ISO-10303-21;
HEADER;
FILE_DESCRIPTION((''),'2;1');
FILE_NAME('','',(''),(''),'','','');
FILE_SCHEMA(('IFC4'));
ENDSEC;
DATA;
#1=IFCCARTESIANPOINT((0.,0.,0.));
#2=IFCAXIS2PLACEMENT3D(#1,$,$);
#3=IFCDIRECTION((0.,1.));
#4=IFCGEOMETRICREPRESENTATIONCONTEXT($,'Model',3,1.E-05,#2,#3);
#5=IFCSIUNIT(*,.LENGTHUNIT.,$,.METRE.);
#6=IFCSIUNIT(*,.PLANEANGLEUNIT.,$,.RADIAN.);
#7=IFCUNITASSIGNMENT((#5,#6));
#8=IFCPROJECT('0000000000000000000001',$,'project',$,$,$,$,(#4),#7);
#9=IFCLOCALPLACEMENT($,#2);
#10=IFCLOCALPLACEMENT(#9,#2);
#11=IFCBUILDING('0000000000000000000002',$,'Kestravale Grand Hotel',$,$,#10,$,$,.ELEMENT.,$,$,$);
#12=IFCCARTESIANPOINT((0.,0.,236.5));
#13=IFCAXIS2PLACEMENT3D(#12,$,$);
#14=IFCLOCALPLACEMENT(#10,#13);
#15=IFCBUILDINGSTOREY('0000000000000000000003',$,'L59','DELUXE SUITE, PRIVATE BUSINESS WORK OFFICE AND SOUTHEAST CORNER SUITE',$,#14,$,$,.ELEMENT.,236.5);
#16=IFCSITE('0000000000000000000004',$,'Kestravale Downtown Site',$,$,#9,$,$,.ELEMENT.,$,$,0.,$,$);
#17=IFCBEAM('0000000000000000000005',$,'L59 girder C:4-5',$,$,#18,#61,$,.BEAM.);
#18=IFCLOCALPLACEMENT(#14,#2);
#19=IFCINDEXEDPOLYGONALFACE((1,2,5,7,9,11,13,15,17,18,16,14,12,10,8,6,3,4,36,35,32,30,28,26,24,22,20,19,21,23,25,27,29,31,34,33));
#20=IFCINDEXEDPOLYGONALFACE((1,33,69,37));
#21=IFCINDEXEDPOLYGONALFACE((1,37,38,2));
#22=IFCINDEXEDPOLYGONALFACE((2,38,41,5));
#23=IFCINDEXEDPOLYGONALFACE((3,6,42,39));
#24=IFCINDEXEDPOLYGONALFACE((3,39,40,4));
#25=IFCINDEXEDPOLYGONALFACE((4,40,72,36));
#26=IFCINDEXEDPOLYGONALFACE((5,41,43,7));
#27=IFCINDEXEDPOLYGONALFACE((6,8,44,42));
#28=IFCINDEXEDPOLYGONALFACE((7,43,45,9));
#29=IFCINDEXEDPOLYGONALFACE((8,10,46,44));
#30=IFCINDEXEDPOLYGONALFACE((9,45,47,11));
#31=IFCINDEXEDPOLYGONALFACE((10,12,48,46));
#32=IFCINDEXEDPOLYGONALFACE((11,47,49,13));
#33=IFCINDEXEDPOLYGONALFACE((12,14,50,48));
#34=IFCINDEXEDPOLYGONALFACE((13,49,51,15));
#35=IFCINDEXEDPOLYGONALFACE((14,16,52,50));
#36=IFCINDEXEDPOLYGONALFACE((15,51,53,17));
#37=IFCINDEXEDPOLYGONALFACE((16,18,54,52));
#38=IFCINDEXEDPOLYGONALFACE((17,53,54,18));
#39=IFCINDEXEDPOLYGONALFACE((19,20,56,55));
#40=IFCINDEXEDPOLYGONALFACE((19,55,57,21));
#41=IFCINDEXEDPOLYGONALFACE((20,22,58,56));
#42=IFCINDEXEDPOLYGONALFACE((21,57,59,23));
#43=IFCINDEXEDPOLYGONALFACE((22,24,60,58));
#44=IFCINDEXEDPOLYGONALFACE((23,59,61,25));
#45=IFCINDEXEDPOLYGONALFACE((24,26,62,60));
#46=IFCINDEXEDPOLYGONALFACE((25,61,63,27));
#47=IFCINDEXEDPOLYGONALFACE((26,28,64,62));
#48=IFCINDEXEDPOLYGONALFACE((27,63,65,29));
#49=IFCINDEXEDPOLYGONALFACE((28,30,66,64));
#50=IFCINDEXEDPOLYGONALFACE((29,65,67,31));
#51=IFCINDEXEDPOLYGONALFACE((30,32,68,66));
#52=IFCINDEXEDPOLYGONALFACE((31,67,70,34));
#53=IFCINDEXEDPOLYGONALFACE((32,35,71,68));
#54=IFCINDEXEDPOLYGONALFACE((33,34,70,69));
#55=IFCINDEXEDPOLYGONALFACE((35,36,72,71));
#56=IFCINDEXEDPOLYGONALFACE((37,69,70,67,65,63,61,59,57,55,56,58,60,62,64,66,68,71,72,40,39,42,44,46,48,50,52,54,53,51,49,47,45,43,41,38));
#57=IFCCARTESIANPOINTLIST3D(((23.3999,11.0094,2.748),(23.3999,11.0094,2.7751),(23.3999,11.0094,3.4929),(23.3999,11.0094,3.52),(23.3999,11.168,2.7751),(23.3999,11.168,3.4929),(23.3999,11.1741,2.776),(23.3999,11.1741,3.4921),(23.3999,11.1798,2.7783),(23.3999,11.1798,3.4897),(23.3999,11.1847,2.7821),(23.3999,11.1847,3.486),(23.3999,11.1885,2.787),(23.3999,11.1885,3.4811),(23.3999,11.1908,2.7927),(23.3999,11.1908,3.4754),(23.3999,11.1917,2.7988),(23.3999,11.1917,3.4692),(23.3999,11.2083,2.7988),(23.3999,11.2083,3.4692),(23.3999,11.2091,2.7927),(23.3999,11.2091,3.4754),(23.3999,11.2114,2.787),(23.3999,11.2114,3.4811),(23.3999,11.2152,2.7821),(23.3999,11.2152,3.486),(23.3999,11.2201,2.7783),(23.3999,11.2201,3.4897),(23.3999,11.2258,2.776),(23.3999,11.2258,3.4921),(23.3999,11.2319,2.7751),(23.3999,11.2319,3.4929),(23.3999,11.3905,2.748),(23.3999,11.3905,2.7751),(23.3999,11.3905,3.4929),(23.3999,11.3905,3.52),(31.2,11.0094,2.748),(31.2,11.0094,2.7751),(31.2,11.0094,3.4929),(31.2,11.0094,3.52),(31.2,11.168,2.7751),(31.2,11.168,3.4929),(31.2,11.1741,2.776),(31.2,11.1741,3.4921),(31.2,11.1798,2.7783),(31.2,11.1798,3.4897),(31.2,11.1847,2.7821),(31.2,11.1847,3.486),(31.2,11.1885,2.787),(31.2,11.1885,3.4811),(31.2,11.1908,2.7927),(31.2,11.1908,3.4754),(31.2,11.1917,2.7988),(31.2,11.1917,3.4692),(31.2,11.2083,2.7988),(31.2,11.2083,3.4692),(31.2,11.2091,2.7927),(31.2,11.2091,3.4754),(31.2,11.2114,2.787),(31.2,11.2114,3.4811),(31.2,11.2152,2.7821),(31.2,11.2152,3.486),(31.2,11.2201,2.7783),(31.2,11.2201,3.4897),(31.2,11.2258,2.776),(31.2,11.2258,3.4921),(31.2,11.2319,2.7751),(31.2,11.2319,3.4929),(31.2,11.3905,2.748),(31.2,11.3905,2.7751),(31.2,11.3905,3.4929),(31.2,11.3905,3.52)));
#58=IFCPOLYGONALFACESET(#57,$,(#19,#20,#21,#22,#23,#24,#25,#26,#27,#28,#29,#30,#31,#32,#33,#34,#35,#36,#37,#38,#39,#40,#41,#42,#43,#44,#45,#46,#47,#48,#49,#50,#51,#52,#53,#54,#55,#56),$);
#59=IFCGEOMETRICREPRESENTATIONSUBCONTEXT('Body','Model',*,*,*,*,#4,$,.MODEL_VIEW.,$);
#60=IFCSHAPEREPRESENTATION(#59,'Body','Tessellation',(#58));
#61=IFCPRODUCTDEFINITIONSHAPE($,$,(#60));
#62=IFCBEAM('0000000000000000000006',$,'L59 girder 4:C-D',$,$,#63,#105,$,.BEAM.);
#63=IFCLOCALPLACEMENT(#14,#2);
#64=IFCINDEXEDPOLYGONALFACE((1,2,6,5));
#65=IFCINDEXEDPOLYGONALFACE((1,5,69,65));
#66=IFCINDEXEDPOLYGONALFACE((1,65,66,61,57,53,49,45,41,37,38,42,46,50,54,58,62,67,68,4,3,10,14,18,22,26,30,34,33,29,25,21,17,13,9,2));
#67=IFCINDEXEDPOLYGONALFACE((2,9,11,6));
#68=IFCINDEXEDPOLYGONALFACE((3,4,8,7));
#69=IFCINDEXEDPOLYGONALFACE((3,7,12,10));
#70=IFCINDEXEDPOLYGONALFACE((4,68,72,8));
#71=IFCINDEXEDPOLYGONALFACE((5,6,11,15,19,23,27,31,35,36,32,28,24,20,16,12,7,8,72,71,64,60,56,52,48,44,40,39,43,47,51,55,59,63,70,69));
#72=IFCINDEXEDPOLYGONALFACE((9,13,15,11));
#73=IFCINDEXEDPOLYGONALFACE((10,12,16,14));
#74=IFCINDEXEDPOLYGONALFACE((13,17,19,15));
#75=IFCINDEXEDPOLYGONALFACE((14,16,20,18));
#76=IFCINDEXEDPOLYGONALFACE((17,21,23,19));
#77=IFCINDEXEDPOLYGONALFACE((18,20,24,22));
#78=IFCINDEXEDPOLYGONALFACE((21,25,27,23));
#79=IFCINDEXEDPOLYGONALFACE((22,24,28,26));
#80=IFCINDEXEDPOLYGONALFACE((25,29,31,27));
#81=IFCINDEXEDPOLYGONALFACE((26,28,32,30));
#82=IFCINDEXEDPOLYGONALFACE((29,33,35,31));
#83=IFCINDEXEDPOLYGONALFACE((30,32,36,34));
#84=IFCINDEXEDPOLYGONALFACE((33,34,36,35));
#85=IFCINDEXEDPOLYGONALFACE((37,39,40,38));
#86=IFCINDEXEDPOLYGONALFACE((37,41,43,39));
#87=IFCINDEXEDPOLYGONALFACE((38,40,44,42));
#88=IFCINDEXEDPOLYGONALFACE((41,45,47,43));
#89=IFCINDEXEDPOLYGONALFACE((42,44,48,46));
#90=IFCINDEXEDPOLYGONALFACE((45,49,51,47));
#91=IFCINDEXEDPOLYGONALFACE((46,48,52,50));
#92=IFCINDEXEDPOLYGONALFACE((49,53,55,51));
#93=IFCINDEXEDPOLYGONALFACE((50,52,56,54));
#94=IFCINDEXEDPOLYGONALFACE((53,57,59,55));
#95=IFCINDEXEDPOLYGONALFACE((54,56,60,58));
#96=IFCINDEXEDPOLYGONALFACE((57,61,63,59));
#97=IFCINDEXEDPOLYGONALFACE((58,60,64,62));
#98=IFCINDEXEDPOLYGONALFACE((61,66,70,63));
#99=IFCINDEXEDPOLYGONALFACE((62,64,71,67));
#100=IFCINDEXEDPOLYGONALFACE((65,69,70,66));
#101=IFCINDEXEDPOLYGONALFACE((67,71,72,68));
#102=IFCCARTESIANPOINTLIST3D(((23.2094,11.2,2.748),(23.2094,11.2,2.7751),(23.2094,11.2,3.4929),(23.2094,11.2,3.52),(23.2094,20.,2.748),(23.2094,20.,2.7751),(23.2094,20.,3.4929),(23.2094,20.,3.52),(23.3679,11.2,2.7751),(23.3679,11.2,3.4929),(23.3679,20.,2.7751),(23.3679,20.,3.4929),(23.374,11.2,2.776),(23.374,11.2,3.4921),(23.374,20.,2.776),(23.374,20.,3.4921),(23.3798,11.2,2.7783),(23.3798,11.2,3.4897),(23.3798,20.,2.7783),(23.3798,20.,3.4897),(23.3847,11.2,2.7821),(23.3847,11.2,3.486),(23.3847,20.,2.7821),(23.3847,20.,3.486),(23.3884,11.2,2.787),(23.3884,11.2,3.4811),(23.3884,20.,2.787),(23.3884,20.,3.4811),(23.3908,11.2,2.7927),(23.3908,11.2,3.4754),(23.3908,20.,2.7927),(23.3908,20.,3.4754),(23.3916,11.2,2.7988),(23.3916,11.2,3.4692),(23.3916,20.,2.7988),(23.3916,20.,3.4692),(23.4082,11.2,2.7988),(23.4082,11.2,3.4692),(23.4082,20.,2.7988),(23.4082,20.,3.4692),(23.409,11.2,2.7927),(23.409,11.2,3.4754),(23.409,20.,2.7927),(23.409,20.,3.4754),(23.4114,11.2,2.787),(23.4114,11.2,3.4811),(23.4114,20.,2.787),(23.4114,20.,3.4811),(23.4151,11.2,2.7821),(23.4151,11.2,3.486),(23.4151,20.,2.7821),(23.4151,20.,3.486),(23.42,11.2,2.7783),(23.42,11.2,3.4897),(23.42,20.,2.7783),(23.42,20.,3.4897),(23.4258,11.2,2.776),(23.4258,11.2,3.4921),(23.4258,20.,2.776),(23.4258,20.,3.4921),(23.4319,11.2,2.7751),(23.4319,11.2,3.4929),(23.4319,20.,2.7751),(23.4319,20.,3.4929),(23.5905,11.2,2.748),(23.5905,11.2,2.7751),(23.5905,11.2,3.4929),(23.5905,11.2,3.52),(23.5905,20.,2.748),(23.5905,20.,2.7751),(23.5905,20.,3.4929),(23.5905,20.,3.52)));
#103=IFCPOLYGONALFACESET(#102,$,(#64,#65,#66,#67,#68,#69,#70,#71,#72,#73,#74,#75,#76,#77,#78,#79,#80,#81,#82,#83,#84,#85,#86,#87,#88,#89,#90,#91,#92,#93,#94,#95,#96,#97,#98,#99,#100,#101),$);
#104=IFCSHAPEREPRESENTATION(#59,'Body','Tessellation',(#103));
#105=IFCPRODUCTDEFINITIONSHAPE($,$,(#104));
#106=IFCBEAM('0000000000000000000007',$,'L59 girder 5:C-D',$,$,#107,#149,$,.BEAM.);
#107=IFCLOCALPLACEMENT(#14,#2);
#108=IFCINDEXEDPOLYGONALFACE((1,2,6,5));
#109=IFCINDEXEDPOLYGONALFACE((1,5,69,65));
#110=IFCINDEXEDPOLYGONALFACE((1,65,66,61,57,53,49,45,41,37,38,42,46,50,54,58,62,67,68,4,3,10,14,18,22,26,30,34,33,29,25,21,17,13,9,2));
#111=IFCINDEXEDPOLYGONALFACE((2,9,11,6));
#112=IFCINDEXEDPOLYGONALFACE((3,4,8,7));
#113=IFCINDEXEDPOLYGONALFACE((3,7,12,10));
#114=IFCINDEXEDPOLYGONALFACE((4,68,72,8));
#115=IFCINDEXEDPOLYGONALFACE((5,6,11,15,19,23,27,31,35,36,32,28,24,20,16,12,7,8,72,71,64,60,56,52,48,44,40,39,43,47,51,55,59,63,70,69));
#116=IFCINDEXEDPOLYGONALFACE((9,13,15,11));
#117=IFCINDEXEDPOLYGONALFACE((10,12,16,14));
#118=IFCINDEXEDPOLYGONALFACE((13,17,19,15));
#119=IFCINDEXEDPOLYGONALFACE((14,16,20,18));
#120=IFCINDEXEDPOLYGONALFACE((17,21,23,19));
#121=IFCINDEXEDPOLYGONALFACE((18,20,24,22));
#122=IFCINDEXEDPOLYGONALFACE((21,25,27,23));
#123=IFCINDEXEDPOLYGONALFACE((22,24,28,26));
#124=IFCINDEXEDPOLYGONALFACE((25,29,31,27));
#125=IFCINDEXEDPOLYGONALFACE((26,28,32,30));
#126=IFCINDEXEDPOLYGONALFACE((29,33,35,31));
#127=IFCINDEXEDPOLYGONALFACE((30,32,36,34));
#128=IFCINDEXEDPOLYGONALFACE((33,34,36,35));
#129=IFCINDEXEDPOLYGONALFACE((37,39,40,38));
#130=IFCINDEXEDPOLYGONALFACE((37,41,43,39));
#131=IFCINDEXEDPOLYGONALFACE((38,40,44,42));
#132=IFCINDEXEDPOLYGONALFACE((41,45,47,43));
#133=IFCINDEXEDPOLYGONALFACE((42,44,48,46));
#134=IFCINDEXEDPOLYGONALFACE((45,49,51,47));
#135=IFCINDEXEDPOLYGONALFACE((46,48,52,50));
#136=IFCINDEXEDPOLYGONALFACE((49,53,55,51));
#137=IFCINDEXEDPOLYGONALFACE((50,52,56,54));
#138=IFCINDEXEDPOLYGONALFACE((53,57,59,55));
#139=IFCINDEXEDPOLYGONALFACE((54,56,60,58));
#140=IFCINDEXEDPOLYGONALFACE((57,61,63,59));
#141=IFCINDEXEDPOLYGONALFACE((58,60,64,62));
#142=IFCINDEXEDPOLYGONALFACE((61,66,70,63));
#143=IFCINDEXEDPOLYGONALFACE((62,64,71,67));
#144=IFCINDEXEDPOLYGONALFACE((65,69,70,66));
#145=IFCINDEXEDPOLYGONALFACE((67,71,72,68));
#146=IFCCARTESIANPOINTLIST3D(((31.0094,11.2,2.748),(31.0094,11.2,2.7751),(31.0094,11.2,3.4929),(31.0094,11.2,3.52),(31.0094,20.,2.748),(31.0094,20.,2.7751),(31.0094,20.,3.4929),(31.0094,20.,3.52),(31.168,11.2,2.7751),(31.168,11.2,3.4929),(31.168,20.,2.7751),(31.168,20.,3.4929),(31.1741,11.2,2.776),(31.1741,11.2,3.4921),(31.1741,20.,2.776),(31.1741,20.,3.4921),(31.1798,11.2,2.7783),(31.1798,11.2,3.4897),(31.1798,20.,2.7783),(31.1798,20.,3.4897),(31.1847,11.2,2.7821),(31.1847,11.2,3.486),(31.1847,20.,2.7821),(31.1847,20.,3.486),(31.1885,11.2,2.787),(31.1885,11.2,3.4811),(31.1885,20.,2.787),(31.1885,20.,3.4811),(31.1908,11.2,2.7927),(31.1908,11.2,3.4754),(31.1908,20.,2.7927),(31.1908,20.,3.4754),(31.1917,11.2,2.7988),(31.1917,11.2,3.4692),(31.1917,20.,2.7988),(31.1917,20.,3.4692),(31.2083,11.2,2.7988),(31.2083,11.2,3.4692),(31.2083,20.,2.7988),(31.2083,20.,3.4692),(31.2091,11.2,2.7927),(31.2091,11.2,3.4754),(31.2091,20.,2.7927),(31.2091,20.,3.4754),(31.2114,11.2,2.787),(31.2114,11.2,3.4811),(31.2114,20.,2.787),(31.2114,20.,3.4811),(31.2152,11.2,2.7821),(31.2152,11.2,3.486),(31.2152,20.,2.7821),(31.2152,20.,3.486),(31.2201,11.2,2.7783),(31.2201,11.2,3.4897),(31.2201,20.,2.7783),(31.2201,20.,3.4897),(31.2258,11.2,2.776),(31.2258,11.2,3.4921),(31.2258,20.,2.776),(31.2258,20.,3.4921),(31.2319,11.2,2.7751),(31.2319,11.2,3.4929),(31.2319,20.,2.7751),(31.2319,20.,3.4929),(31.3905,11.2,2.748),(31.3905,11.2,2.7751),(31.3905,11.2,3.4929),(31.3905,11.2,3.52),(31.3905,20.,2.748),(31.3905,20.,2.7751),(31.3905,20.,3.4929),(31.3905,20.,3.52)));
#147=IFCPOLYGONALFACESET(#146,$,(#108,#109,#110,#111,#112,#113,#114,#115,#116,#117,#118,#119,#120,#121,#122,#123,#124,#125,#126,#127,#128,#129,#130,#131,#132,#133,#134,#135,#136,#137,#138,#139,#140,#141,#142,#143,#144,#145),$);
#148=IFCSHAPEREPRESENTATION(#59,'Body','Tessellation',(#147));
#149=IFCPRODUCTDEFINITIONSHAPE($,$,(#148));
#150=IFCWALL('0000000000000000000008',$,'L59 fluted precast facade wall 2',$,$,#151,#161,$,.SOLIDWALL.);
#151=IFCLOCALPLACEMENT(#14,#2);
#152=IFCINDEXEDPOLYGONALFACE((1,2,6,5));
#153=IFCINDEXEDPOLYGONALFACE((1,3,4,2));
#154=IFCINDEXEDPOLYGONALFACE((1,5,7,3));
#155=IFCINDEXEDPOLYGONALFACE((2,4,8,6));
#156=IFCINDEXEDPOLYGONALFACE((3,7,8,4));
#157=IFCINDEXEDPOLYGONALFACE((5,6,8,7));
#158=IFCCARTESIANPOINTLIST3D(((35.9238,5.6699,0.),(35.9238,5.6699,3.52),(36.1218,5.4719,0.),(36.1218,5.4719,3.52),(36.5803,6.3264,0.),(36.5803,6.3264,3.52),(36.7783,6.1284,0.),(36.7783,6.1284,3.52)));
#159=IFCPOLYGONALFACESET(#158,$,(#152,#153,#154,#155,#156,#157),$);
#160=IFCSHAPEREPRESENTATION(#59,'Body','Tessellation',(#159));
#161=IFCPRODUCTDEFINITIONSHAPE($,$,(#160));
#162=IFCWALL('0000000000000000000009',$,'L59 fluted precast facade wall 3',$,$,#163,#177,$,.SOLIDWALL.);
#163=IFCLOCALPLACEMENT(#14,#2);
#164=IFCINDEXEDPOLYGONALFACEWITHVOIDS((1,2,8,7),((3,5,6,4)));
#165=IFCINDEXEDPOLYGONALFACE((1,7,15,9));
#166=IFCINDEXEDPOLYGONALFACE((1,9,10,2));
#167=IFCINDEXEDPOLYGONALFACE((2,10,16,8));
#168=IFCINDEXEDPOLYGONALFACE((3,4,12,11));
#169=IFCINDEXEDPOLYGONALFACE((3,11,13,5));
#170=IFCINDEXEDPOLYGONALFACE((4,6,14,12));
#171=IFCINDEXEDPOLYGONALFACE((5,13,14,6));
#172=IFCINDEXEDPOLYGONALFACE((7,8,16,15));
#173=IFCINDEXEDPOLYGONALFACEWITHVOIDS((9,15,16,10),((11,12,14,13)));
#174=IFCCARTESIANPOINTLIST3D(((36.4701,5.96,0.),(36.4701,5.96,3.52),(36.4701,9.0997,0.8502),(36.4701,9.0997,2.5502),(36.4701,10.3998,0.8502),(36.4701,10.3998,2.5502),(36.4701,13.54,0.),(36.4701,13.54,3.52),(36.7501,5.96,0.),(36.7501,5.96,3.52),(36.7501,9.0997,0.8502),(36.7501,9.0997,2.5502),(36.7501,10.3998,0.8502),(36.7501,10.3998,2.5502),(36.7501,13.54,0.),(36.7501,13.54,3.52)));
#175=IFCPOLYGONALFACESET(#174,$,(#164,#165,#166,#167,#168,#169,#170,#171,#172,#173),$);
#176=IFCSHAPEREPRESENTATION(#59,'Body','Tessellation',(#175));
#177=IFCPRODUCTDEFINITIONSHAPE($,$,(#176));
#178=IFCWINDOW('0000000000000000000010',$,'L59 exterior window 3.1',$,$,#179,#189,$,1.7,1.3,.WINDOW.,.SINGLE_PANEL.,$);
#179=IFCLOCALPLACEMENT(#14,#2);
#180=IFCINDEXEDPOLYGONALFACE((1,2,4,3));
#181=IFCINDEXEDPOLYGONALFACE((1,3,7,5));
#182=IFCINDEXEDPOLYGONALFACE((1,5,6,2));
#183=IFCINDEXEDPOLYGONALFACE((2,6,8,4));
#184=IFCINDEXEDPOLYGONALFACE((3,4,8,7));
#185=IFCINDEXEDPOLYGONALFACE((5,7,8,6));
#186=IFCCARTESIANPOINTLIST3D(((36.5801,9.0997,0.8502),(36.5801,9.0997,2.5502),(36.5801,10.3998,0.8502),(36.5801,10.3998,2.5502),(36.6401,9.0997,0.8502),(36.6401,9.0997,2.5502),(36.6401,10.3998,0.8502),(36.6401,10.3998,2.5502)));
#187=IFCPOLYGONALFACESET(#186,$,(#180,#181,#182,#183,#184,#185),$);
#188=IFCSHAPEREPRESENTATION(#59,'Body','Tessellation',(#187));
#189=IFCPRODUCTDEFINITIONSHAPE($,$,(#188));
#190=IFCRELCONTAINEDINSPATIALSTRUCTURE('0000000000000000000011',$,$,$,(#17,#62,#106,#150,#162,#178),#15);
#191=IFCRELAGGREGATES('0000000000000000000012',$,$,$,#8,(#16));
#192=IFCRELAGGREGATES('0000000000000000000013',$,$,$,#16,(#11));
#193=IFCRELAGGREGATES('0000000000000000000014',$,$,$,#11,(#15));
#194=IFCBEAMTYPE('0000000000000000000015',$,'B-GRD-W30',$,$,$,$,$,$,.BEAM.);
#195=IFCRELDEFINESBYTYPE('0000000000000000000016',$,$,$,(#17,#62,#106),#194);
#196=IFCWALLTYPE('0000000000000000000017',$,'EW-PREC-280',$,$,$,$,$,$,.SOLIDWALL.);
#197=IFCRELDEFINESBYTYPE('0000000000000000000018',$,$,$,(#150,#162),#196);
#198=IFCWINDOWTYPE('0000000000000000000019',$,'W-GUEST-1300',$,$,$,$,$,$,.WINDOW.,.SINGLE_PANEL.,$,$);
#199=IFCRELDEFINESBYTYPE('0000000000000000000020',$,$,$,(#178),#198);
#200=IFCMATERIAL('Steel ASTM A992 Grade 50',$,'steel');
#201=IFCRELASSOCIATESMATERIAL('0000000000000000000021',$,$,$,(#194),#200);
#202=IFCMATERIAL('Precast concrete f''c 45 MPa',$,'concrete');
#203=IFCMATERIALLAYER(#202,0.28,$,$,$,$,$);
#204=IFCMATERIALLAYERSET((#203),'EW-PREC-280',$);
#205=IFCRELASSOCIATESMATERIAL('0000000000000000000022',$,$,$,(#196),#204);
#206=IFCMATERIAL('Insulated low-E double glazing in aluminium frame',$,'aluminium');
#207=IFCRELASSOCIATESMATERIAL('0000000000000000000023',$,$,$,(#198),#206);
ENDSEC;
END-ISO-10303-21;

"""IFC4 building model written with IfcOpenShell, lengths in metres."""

from ifc_helpers import new_model, si_unit, direction, frame, frame_2d, origin, origin_2d, place, context, subcontext, project, spatial, rectangle, i_section, extrude, material, layer, layer_set, material_profile, profile_set, type_object, element, fill, save


model = new_model("IFC4")

# Units and contexts
model_context = context("Model", 3, precision=1e-05, world=origin(), true_north=direction((0.0, 1.0)))
body_context = subcontext(model_context, "Body", "Model", "MODEL_VIEW")
ifc_project = project(units=[si_unit("LENGTHUNIT", "METRE"), si_unit("PLANEANGLEUNIT", "RADIAN")], contexts=[model_context])

# Site, building, storey
site_placement = place(None, origin())
site = spatial("IfcSite", under=ifc_project, at=site_placement, Name="Kestravale Downtown Site", CompositionType="ELEMENT", RefElevation=0.0)
building_placement = place(site_placement, origin())
building = spatial("IfcBuilding", under=site, at=building_placement, Name="Kestravale Grand Hotel", CompositionType="ELEMENT")
storey_placement = place(building_placement, frame((0.0, 0.0, 236.5)))
storey = spatial("IfcBuildingStorey", under=building, at=storey_placement, Name="L59", Description="DELUXE SUITE, PRIVATE BUSINESS WORK OFFICE AND SOUTHEAST CORNER SUITE", CompositionType="ELEMENT", Elevation=236.5)

# Beams
ifc_material_1 = material(Name="Steel ASTM A992 Grade 50", Category="steel")
ifc_material_profile_1 = material_profile(ifc_material_1, i_section(OverallWidth=0.3811, OverallDepth=0.772, WebThickness=0.0166, FlangeThickness=0.0271, FilletRadius=0.0237, at=origin_2d()))
ifc_profile_set_1 = profile_set([ifc_material_profile_1], Name="Steel ASTM A992 Grade 50")
beam_type_1 = type_object("IfcBeamType", Name="B-GRD-W30", PredefinedType="BEAM", material=ifc_profile_set_1)
beam_1_placement = place(storey_placement, frame((23.3999, 11.2, 3.134), z_axis=(1.0, 0.0, 0.0), x_axis=(0.0, 1.0, 0.0)))
element("IfcBeam", 1, at=beam_1_placement, inside=storey, type_object=beam_type_1, Name="L59 girder C:4-5", PredefinedType="BEAM", context=body_context, shape_type="SweptSolid", body=[
    extrude(i_section(OverallWidth=0.3811, OverallDepth=0.772, WebThickness=0.0166, FlangeThickness=0.0271, FilletRadius=0.0237, at=origin_2d()), origin(), (0.0, 0.0, 1.0), 7.8),
])
for number, where, z_axis, x_axis, name in (
    (2, (23.3999, 11.2, 3.134), (0.0, 1.0, 0.0), (-1.0, 0.0, 0.0), "L59 girder 4:C-D"),
    (3, (31.2, 11.2, 3.134), (0.0, 1.0, 0.0), (-1.0, 0.0, 0.0), "L59 girder 5:C-D"),
):
    element("IfcBeam", number, at=place(storey_placement, frame(where, z_axis=z_axis, x_axis=x_axis)), inside=storey, type_object=beam_type_1, Name=name, PredefinedType="BEAM", context=body_context, shape_type="SweptSolid", body=[
        extrude(i_section(OverallWidth=0.3811, OverallDepth=0.772, WebThickness=0.0166, FlangeThickness=0.0271, FilletRadius=0.0237, at=origin_2d()), origin(), (0.0, 0.0, 1.0), 8.8),
    ])

# Wall
ifc_material_2 = material(Name="Precast concrete f'c 45 MPa", Category="concrete")
ifc_layer_1 = layer(ifc_material_2, 0.28)
ifc_layer_set_1 = layer_set([ifc_layer_1], Name="EW-PREC-280")
wall_type_1 = type_object("IfcWallType", Name="EW-PREC-280", PredefinedType="SOLIDWALL", material=ifc_layer_set_1)
wall_1_placement = place(storey_placement, frame((36.0227, 5.5708, 0.0), z_axis=(0.0, 0.0, 1.0), x_axis=(0.707107, 0.707107, 0.0)))
element("IfcWall", 4, at=wall_1_placement, inside=storey, type_object=wall_type_1, Name="L59 fluted precast facade wall 2", PredefinedType="SOLIDWALL", context=body_context, shape_type="SweptSolid", body=[
    extrude(rectangle(XDim=0.9285, YDim=0.28, at=frame_2d((0.4644, 0.0))), origin(), (0.0, 0.0, 1.0), 3.52),
])

# Wall, opening, window
wall_2_placement = place(storey_placement, frame((36.6101, 5.96, 0.0), z_axis=(0.0, 0.0, 1.0), x_axis=(0.0, 1.0, 0.0)))
wall_2 = element("IfcWall", 5, at=wall_2_placement, inside=storey, type_object=wall_type_1, Name="L59 fluted precast facade wall 3", PredefinedType="SOLIDWALL", context=body_context, shape_type="SweptSolid", body=[
    extrude(rectangle(XDim=7.5801, YDim=0.28, at=frame_2d((3.79, 0.0))), origin(), (0.0, 0.0, 1.0), 3.52),
])
opening_1_placement = place(wall_2_placement, frame((3.1399, 0.0, 0.8501)))
opening_1 = element("IfcOpeningElement", 6, at=opening_1_placement, cuts=wall_2, PredefinedType="OPENING", context=body_context, shape_type="SweptSolid", body=[
    extrude(rectangle(XDim=1.3, YDim=1.7, at=frame_2d((0.6499, 0.8501))), frame((0.0, 0.1499, 0.0), z_axis=(0.0, -1.0, 0.0), x_axis=(1.0, 0.0, 0.0)), (0.0, 0.0, 1.0), 0.3),
])
ifc_material_3 = material(Name="Insulated low-E double glazing in aluminium frame", Category="aluminium")
window_type = type_object("IfcWindowType", Name="W-GUEST-1300", PartitioningType="SINGLE_PANEL", PredefinedType="WINDOW", material=ifc_material_3)
window_placement = place(opening_1_placement, origin())
window = element("IfcWindow", 7, at=window_placement, inside=storey, type_object=window_type, Name="L59 exterior window 3.1", OverallHeight=1.7, OverallWidth=1.3, PartitioningType="SINGLE_PANEL", PredefinedType="WINDOW", context=body_context, shape_type="SweptSolid", body=[
    extrude(rectangle(XDim=1.3, YDim=1.7, at=frame_2d((0.6499, 0.8501))), frame((0.0, 0.03, 0.0), z_axis=(0.0, -1.0, 0.0), x_axis=(1.0, 0.0, 0.0)), (0.0, 0.0, 1.0), 0.0601),
])
fill(opening_1, window)

save(model, "model.ifc")
